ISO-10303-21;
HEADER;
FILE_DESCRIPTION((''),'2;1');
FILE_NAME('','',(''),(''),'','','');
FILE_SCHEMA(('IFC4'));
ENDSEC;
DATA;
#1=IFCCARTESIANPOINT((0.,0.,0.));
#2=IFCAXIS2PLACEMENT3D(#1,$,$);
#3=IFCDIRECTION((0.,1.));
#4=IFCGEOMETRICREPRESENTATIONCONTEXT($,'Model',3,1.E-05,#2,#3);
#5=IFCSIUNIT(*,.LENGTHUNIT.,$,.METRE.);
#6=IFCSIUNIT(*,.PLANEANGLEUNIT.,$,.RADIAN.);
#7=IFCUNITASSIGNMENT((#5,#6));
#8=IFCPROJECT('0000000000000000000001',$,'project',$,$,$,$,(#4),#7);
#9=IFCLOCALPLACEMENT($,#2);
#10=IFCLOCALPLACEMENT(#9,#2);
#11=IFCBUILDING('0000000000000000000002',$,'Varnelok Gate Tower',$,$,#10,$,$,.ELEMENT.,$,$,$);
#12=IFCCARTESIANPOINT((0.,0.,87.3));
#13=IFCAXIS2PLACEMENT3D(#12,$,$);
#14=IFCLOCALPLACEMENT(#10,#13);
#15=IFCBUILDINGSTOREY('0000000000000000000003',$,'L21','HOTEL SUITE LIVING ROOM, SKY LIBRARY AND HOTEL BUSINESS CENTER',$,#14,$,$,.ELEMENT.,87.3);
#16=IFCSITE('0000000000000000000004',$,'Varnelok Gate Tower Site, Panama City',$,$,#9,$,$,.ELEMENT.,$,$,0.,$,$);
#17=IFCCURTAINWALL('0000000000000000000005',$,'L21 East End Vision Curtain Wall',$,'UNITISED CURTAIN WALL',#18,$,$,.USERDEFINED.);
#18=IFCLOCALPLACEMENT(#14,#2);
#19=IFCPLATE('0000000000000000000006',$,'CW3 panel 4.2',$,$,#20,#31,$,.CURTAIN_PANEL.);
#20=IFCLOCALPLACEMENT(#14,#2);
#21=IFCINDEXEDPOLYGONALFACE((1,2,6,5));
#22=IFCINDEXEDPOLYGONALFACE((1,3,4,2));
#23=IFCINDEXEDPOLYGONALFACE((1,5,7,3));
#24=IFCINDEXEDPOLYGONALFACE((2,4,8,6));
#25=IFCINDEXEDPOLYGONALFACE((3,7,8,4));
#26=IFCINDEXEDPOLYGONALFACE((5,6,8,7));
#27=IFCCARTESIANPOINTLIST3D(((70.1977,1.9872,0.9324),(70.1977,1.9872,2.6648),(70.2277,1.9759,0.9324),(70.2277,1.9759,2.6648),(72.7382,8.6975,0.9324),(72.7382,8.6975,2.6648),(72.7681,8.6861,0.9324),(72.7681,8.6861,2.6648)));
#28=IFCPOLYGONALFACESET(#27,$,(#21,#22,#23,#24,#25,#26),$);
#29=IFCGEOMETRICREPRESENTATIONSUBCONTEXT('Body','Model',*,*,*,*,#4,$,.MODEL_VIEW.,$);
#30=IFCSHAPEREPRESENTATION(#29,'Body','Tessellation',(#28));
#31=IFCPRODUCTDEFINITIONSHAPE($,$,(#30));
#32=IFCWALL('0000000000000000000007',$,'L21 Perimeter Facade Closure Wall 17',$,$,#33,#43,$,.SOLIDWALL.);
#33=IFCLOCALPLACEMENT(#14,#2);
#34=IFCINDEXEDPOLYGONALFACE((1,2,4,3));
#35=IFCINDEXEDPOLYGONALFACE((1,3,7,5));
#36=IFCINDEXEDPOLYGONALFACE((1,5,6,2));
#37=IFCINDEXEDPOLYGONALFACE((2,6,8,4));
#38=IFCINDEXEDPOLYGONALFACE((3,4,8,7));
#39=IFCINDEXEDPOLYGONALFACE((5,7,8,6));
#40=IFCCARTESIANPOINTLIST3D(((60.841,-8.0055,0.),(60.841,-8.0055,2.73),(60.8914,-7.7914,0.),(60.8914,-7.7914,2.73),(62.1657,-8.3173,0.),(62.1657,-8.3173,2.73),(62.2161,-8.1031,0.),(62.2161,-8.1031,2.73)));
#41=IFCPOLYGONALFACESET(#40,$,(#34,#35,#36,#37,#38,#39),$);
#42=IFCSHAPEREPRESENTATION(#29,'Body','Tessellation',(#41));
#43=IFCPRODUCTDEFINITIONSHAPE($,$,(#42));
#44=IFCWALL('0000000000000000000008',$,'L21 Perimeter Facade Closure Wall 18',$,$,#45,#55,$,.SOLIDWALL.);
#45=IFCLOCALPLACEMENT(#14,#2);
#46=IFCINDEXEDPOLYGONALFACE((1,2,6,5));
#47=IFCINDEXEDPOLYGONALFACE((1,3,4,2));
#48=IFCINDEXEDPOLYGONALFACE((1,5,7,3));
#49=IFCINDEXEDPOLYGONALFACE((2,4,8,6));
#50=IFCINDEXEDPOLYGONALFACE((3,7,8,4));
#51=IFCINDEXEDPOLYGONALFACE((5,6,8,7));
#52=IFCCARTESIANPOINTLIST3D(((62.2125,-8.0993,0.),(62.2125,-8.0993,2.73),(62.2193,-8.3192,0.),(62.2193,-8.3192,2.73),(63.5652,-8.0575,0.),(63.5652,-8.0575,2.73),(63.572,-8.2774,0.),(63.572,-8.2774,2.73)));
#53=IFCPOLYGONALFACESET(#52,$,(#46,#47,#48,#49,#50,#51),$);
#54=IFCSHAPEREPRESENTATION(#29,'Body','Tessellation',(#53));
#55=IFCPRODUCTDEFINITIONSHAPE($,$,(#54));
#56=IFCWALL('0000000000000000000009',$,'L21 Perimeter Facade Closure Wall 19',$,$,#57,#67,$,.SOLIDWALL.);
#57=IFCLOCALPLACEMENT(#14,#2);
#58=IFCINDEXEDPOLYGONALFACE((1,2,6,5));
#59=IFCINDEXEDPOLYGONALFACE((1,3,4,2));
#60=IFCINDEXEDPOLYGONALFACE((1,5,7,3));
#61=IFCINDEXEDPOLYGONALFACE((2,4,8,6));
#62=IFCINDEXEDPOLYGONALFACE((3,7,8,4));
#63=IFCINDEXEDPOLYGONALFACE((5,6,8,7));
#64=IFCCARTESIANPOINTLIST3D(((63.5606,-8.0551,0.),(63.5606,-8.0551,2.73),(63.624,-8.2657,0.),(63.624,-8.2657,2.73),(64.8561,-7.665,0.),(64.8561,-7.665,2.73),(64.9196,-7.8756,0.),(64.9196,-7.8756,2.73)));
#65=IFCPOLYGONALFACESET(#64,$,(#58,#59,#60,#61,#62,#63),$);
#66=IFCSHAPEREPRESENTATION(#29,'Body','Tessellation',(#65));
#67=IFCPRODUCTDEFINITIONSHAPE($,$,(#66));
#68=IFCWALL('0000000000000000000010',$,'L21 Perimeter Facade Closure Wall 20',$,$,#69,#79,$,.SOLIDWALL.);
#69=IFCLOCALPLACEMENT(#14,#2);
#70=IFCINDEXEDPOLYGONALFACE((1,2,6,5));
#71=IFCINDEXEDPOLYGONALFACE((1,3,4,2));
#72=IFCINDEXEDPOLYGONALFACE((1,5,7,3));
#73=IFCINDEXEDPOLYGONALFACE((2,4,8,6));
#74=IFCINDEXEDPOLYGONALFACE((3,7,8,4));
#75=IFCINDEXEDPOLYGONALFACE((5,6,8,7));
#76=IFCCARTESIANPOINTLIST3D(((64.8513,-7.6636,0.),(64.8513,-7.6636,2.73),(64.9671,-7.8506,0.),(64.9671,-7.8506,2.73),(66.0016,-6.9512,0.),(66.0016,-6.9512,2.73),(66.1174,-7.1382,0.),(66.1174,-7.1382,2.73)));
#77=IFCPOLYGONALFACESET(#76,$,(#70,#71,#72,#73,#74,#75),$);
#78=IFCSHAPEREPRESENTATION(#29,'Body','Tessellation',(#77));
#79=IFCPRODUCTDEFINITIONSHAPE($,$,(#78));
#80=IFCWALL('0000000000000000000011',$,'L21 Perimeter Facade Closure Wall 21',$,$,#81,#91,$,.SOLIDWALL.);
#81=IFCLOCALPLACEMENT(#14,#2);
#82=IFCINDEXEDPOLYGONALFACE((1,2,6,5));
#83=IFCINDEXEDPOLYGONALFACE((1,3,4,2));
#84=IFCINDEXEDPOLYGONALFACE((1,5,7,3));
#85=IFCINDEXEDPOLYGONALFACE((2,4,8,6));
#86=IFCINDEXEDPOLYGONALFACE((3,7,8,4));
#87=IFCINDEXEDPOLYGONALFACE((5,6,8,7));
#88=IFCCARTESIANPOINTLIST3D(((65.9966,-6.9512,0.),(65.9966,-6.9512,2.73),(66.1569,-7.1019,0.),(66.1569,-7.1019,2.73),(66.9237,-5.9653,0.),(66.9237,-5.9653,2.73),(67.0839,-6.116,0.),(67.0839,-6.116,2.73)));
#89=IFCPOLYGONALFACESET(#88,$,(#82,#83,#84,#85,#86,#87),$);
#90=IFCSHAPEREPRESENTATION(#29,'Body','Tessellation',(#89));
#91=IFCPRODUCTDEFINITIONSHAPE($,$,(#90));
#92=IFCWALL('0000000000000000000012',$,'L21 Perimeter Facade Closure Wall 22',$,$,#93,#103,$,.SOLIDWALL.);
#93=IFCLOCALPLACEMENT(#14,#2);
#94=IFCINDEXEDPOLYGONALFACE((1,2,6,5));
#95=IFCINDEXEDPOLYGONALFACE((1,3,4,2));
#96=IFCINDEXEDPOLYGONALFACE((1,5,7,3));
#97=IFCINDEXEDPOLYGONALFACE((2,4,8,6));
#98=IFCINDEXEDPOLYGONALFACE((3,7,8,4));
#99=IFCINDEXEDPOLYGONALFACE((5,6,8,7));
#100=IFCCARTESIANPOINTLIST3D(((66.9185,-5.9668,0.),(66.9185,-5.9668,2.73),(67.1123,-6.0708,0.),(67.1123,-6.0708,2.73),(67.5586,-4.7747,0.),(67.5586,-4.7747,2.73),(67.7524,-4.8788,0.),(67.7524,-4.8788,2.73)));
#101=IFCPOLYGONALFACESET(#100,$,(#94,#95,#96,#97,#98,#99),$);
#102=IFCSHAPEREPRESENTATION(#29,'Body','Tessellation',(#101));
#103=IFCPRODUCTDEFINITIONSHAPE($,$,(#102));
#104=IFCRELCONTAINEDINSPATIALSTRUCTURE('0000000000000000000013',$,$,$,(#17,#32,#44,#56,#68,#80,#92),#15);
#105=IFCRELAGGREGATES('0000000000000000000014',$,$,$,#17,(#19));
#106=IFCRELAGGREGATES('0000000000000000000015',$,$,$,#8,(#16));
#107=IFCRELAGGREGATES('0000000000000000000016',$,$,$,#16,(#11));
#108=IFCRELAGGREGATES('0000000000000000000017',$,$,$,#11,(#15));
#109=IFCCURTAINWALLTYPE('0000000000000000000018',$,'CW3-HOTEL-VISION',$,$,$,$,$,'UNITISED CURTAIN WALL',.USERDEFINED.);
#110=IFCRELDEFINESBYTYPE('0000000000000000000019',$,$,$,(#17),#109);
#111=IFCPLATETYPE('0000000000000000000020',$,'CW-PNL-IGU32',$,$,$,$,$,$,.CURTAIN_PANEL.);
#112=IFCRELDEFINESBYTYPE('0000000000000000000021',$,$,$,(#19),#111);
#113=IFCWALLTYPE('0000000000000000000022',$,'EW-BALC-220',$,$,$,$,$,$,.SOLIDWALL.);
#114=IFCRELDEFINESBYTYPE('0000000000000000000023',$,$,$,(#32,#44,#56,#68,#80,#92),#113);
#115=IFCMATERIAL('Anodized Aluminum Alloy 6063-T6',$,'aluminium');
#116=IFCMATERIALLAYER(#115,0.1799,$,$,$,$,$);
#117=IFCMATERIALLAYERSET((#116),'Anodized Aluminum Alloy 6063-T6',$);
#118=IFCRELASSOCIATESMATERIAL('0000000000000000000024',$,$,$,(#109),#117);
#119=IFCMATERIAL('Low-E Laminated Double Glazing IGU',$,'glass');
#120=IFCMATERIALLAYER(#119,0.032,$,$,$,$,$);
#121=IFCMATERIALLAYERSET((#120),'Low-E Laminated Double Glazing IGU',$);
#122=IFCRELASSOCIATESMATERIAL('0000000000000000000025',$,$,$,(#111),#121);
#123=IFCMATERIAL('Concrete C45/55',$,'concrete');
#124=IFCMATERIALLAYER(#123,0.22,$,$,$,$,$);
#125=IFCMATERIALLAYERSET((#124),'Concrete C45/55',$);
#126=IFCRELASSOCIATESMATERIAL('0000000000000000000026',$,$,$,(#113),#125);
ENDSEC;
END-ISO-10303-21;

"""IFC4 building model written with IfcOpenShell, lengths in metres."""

from ifc_helpers import new_model, si_unit, direction, frame, frame_2d, origin, origin_2d, place, context, subcontext, project, spatial, rectangle, extrude, source, transform, mapped, material, layer, layer_set, type_object, element, aggregate, save


model = new_model("IFC4")

# Units and contexts
model_context = context("Model", 3, precision=1e-05, world=origin(), true_north=direction((0.0, 1.0)))
body_context = subcontext(model_context, "Body", "Model", "MODEL_VIEW")
ifc_project = project(units=[si_unit("LENGTHUNIT", "METRE"), si_unit("PLANEANGLEUNIT", "RADIAN")], contexts=[model_context])

# Site, building, storey
site_placement = place(None, origin())
site = spatial("IfcSite", under=ifc_project, at=site_placement, Name="Varnelok Gate Tower Site, Panama City", CompositionType="ELEMENT", RefElevation=0.0)
building_placement = place(site_placement, origin())
building = spatial("IfcBuilding", under=site, at=building_placement, Name="Varnelok Gate Tower", CompositionType="ELEMENT")
storey_placement = place(building_placement, frame((0.0, 0.0, 87.3)))
storey = spatial("IfcBuildingStorey", under=building, at=storey_placement, Name="L21", Description="HOTEL SUITE LIVING ROOM, SKY LIBRARY AND HOTEL BUSINESS CENTER", CompositionType="ELEMENT", Elevation=87.3)

# Curtain wall, plate
ifc_material_1 = material(Name="Anodized Aluminum Alloy 6063-T6", Category="aluminium")
ifc_layer_1 = layer(ifc_material_1, 0.1799)
ifc_layer_set_1 = layer_set([ifc_layer_1], Name="Anodized Aluminum Alloy 6063-T6")
curtain_wall_type = type_object("IfcCurtainWallType", Name="CW3-HOTEL-VISION", ElementType="UNITISED CURTAIN WALL", PredefinedType="USERDEFINED", material=ifc_layer_set_1)
curtain_wall_placement = place(storey_placement, origin())
curtain_wall = element("IfcCurtainWall", 1, at=curtain_wall_placement, inside=storey, type_object=curtain_wall_type, Name="L21 East End Vision Curtain Wall", ObjectType="UNITISED CURTAIN WALL", PredefinedType="USERDEFINED")
ifc_material_2 = material(Name="Low-E Laminated Double Glazing IGU", Category="glass")
ifc_layer_2 = layer(ifc_material_2, 0.032)
ifc_layer_set_2 = layer_set([ifc_layer_2], Name="Low-E Laminated Double Glazing IGU")
plate_type = type_object("IfcPlateType", Name="CW-PNL-IGU32", PredefinedType="CURTAIN_PANEL", material=ifc_layer_set_2)
shared_shape_1 = source(origin(), body_context, "Body", "SweptSolid", [
    extrude(rectangle(XDim=7.175, YDim=0.032, at=origin_2d()), origin(), (0.0, 0.0, 1.0), 1.7324),
])
plate_1_placement = place(storey_placement, frame((71.4829, 5.3367, 0.9324), z_axis=(0.0, 0.0, 1.0), x_axis=(-0.354064, -0.935221, 0.0)))
plate_1 = element("IfcPlate", 2, at=plate_1_placement, type_object=plate_type, Name="CW3 panel 4.2", PredefinedType="CURTAIN_PANEL", context=body_context, shape_type="MappedRepresentation", body=[
    mapped(shared_shape_1, transform((0.0, 0.0, 0.0), scale=1.0)),
])
aggregate(curtain_wall, [plate_1])

# Walls
ifc_material_3 = material(Name="Concrete C45/55", Category="concrete")
ifc_layer_3 = layer(ifc_material_3, 0.22)
ifc_layer_set_3 = layer_set([ifc_layer_3], Name="Concrete C45/55")
wall_type = type_object("IfcWallType", Name="EW-BALC-220", PredefinedType="SOLIDWALL", material=ifc_layer_set_3)
wall_1_placement = place(storey_placement, frame((60.8662, -7.8984, 0.0), z_axis=(0.0, 0.0, 1.0), x_axis=(0.973405, -0.229089, 0.0)))
element("IfcWall", 3, at=wall_1_placement, inside=storey, type_object=wall_type, Name="L21 Perimeter Facade Closure Wall 17", PredefinedType="SOLIDWALL", context=body_context, shape_type="SweptSolid", body=[
    extrude(rectangle(XDim=1.3608, YDim=0.22, at=frame_2d((0.6804, 0.0))), origin(), (0.0, 0.0, 1.0), 2.73),
])
wall_2_placement = place(storey_placement, frame((62.2158, -8.2092, 0.0), z_axis=(0.0, 0.0, 1.0), x_axis=(0.999524, 0.030852, 0.0)))
element("IfcWall", 4, at=wall_2_placement, inside=storey, type_object=wall_type, Name="L21 Perimeter Facade Closure Wall 18", PredefinedType="SOLIDWALL", context=body_context, shape_type="SweptSolid", body=[
    extrude(rectangle(XDim=1.3533, YDim=0.22, at=frame_2d((0.6768, 0.0))), origin(), (0.0, 0.0, 1.0), 2.73),
])
for number, where, z_axis, x_axis, name in (
    (5, (63.5923, -8.1604, 0.0), (0.0, 0.0, 1.0), (0.957533, 0.288324, 0.0), "L21 Perimeter Facade Closure Wall 19"),
    (6, (64.9092, -7.7571, 0.0), (0.0, 0.0, 1.0), (0.850181, 0.526491, 0.0), "L21 Perimeter Facade Closure Wall 20"),
):
    element("IfcWall", number, at=place(storey_placement, frame(where, z_axis=z_axis, x_axis=x_axis)), inside=storey, type_object=wall_type, Name=name, PredefinedType="SOLIDWALL", context=body_context, shape_type="SweptSolid", body=[
        extrude(rectangle(XDim=1.353, YDim=0.22, at=frame_2d((0.6765, 0.0))), origin(), (0.0, 0.0, 1.0), 2.73),
    ])
wall_3_placement = place(storey_placement, frame((66.0767, -7.0266, 0.0), z_axis=(0.0, 0.0, 1.0), x_axis=(0.685033, 0.728512, 0.0)))
element("IfcWall", 7, at=wall_3_placement, inside=storey, type_object=wall_type, Name="L21 Perimeter Facade Closure Wall 21", PredefinedType="SOLIDWALL", context=body_context, shape_type="SweptSolid", body=[
    extrude(rectangle(XDim=1.3533, YDim=0.22, at=frame_2d((0.6768, 0.0))), origin(), (0.0, 0.0, 1.0), 2.73),
])
wall_4_placement = place(storey_placement, frame((67.0154, -6.0188, 0.0), z_axis=(0.0, 0.0, 1.0), x_axis=(0.473077, 0.881021, 0.0)))
element("IfcWall", 8, at=wall_4_placement, inside=storey, type_object=wall_type, Name="L21 Perimeter Facade Closure Wall 22", PredefinedType="SOLIDWALL", context=body_context, shape_type="SweptSolid", body=[
    extrude(rectangle(XDim=1.353, YDim=0.22, at=frame_2d((0.6765, 0.0))), origin(), (0.0, 0.0, 1.0), 2.73),
])

save(model, "model.ifc")
